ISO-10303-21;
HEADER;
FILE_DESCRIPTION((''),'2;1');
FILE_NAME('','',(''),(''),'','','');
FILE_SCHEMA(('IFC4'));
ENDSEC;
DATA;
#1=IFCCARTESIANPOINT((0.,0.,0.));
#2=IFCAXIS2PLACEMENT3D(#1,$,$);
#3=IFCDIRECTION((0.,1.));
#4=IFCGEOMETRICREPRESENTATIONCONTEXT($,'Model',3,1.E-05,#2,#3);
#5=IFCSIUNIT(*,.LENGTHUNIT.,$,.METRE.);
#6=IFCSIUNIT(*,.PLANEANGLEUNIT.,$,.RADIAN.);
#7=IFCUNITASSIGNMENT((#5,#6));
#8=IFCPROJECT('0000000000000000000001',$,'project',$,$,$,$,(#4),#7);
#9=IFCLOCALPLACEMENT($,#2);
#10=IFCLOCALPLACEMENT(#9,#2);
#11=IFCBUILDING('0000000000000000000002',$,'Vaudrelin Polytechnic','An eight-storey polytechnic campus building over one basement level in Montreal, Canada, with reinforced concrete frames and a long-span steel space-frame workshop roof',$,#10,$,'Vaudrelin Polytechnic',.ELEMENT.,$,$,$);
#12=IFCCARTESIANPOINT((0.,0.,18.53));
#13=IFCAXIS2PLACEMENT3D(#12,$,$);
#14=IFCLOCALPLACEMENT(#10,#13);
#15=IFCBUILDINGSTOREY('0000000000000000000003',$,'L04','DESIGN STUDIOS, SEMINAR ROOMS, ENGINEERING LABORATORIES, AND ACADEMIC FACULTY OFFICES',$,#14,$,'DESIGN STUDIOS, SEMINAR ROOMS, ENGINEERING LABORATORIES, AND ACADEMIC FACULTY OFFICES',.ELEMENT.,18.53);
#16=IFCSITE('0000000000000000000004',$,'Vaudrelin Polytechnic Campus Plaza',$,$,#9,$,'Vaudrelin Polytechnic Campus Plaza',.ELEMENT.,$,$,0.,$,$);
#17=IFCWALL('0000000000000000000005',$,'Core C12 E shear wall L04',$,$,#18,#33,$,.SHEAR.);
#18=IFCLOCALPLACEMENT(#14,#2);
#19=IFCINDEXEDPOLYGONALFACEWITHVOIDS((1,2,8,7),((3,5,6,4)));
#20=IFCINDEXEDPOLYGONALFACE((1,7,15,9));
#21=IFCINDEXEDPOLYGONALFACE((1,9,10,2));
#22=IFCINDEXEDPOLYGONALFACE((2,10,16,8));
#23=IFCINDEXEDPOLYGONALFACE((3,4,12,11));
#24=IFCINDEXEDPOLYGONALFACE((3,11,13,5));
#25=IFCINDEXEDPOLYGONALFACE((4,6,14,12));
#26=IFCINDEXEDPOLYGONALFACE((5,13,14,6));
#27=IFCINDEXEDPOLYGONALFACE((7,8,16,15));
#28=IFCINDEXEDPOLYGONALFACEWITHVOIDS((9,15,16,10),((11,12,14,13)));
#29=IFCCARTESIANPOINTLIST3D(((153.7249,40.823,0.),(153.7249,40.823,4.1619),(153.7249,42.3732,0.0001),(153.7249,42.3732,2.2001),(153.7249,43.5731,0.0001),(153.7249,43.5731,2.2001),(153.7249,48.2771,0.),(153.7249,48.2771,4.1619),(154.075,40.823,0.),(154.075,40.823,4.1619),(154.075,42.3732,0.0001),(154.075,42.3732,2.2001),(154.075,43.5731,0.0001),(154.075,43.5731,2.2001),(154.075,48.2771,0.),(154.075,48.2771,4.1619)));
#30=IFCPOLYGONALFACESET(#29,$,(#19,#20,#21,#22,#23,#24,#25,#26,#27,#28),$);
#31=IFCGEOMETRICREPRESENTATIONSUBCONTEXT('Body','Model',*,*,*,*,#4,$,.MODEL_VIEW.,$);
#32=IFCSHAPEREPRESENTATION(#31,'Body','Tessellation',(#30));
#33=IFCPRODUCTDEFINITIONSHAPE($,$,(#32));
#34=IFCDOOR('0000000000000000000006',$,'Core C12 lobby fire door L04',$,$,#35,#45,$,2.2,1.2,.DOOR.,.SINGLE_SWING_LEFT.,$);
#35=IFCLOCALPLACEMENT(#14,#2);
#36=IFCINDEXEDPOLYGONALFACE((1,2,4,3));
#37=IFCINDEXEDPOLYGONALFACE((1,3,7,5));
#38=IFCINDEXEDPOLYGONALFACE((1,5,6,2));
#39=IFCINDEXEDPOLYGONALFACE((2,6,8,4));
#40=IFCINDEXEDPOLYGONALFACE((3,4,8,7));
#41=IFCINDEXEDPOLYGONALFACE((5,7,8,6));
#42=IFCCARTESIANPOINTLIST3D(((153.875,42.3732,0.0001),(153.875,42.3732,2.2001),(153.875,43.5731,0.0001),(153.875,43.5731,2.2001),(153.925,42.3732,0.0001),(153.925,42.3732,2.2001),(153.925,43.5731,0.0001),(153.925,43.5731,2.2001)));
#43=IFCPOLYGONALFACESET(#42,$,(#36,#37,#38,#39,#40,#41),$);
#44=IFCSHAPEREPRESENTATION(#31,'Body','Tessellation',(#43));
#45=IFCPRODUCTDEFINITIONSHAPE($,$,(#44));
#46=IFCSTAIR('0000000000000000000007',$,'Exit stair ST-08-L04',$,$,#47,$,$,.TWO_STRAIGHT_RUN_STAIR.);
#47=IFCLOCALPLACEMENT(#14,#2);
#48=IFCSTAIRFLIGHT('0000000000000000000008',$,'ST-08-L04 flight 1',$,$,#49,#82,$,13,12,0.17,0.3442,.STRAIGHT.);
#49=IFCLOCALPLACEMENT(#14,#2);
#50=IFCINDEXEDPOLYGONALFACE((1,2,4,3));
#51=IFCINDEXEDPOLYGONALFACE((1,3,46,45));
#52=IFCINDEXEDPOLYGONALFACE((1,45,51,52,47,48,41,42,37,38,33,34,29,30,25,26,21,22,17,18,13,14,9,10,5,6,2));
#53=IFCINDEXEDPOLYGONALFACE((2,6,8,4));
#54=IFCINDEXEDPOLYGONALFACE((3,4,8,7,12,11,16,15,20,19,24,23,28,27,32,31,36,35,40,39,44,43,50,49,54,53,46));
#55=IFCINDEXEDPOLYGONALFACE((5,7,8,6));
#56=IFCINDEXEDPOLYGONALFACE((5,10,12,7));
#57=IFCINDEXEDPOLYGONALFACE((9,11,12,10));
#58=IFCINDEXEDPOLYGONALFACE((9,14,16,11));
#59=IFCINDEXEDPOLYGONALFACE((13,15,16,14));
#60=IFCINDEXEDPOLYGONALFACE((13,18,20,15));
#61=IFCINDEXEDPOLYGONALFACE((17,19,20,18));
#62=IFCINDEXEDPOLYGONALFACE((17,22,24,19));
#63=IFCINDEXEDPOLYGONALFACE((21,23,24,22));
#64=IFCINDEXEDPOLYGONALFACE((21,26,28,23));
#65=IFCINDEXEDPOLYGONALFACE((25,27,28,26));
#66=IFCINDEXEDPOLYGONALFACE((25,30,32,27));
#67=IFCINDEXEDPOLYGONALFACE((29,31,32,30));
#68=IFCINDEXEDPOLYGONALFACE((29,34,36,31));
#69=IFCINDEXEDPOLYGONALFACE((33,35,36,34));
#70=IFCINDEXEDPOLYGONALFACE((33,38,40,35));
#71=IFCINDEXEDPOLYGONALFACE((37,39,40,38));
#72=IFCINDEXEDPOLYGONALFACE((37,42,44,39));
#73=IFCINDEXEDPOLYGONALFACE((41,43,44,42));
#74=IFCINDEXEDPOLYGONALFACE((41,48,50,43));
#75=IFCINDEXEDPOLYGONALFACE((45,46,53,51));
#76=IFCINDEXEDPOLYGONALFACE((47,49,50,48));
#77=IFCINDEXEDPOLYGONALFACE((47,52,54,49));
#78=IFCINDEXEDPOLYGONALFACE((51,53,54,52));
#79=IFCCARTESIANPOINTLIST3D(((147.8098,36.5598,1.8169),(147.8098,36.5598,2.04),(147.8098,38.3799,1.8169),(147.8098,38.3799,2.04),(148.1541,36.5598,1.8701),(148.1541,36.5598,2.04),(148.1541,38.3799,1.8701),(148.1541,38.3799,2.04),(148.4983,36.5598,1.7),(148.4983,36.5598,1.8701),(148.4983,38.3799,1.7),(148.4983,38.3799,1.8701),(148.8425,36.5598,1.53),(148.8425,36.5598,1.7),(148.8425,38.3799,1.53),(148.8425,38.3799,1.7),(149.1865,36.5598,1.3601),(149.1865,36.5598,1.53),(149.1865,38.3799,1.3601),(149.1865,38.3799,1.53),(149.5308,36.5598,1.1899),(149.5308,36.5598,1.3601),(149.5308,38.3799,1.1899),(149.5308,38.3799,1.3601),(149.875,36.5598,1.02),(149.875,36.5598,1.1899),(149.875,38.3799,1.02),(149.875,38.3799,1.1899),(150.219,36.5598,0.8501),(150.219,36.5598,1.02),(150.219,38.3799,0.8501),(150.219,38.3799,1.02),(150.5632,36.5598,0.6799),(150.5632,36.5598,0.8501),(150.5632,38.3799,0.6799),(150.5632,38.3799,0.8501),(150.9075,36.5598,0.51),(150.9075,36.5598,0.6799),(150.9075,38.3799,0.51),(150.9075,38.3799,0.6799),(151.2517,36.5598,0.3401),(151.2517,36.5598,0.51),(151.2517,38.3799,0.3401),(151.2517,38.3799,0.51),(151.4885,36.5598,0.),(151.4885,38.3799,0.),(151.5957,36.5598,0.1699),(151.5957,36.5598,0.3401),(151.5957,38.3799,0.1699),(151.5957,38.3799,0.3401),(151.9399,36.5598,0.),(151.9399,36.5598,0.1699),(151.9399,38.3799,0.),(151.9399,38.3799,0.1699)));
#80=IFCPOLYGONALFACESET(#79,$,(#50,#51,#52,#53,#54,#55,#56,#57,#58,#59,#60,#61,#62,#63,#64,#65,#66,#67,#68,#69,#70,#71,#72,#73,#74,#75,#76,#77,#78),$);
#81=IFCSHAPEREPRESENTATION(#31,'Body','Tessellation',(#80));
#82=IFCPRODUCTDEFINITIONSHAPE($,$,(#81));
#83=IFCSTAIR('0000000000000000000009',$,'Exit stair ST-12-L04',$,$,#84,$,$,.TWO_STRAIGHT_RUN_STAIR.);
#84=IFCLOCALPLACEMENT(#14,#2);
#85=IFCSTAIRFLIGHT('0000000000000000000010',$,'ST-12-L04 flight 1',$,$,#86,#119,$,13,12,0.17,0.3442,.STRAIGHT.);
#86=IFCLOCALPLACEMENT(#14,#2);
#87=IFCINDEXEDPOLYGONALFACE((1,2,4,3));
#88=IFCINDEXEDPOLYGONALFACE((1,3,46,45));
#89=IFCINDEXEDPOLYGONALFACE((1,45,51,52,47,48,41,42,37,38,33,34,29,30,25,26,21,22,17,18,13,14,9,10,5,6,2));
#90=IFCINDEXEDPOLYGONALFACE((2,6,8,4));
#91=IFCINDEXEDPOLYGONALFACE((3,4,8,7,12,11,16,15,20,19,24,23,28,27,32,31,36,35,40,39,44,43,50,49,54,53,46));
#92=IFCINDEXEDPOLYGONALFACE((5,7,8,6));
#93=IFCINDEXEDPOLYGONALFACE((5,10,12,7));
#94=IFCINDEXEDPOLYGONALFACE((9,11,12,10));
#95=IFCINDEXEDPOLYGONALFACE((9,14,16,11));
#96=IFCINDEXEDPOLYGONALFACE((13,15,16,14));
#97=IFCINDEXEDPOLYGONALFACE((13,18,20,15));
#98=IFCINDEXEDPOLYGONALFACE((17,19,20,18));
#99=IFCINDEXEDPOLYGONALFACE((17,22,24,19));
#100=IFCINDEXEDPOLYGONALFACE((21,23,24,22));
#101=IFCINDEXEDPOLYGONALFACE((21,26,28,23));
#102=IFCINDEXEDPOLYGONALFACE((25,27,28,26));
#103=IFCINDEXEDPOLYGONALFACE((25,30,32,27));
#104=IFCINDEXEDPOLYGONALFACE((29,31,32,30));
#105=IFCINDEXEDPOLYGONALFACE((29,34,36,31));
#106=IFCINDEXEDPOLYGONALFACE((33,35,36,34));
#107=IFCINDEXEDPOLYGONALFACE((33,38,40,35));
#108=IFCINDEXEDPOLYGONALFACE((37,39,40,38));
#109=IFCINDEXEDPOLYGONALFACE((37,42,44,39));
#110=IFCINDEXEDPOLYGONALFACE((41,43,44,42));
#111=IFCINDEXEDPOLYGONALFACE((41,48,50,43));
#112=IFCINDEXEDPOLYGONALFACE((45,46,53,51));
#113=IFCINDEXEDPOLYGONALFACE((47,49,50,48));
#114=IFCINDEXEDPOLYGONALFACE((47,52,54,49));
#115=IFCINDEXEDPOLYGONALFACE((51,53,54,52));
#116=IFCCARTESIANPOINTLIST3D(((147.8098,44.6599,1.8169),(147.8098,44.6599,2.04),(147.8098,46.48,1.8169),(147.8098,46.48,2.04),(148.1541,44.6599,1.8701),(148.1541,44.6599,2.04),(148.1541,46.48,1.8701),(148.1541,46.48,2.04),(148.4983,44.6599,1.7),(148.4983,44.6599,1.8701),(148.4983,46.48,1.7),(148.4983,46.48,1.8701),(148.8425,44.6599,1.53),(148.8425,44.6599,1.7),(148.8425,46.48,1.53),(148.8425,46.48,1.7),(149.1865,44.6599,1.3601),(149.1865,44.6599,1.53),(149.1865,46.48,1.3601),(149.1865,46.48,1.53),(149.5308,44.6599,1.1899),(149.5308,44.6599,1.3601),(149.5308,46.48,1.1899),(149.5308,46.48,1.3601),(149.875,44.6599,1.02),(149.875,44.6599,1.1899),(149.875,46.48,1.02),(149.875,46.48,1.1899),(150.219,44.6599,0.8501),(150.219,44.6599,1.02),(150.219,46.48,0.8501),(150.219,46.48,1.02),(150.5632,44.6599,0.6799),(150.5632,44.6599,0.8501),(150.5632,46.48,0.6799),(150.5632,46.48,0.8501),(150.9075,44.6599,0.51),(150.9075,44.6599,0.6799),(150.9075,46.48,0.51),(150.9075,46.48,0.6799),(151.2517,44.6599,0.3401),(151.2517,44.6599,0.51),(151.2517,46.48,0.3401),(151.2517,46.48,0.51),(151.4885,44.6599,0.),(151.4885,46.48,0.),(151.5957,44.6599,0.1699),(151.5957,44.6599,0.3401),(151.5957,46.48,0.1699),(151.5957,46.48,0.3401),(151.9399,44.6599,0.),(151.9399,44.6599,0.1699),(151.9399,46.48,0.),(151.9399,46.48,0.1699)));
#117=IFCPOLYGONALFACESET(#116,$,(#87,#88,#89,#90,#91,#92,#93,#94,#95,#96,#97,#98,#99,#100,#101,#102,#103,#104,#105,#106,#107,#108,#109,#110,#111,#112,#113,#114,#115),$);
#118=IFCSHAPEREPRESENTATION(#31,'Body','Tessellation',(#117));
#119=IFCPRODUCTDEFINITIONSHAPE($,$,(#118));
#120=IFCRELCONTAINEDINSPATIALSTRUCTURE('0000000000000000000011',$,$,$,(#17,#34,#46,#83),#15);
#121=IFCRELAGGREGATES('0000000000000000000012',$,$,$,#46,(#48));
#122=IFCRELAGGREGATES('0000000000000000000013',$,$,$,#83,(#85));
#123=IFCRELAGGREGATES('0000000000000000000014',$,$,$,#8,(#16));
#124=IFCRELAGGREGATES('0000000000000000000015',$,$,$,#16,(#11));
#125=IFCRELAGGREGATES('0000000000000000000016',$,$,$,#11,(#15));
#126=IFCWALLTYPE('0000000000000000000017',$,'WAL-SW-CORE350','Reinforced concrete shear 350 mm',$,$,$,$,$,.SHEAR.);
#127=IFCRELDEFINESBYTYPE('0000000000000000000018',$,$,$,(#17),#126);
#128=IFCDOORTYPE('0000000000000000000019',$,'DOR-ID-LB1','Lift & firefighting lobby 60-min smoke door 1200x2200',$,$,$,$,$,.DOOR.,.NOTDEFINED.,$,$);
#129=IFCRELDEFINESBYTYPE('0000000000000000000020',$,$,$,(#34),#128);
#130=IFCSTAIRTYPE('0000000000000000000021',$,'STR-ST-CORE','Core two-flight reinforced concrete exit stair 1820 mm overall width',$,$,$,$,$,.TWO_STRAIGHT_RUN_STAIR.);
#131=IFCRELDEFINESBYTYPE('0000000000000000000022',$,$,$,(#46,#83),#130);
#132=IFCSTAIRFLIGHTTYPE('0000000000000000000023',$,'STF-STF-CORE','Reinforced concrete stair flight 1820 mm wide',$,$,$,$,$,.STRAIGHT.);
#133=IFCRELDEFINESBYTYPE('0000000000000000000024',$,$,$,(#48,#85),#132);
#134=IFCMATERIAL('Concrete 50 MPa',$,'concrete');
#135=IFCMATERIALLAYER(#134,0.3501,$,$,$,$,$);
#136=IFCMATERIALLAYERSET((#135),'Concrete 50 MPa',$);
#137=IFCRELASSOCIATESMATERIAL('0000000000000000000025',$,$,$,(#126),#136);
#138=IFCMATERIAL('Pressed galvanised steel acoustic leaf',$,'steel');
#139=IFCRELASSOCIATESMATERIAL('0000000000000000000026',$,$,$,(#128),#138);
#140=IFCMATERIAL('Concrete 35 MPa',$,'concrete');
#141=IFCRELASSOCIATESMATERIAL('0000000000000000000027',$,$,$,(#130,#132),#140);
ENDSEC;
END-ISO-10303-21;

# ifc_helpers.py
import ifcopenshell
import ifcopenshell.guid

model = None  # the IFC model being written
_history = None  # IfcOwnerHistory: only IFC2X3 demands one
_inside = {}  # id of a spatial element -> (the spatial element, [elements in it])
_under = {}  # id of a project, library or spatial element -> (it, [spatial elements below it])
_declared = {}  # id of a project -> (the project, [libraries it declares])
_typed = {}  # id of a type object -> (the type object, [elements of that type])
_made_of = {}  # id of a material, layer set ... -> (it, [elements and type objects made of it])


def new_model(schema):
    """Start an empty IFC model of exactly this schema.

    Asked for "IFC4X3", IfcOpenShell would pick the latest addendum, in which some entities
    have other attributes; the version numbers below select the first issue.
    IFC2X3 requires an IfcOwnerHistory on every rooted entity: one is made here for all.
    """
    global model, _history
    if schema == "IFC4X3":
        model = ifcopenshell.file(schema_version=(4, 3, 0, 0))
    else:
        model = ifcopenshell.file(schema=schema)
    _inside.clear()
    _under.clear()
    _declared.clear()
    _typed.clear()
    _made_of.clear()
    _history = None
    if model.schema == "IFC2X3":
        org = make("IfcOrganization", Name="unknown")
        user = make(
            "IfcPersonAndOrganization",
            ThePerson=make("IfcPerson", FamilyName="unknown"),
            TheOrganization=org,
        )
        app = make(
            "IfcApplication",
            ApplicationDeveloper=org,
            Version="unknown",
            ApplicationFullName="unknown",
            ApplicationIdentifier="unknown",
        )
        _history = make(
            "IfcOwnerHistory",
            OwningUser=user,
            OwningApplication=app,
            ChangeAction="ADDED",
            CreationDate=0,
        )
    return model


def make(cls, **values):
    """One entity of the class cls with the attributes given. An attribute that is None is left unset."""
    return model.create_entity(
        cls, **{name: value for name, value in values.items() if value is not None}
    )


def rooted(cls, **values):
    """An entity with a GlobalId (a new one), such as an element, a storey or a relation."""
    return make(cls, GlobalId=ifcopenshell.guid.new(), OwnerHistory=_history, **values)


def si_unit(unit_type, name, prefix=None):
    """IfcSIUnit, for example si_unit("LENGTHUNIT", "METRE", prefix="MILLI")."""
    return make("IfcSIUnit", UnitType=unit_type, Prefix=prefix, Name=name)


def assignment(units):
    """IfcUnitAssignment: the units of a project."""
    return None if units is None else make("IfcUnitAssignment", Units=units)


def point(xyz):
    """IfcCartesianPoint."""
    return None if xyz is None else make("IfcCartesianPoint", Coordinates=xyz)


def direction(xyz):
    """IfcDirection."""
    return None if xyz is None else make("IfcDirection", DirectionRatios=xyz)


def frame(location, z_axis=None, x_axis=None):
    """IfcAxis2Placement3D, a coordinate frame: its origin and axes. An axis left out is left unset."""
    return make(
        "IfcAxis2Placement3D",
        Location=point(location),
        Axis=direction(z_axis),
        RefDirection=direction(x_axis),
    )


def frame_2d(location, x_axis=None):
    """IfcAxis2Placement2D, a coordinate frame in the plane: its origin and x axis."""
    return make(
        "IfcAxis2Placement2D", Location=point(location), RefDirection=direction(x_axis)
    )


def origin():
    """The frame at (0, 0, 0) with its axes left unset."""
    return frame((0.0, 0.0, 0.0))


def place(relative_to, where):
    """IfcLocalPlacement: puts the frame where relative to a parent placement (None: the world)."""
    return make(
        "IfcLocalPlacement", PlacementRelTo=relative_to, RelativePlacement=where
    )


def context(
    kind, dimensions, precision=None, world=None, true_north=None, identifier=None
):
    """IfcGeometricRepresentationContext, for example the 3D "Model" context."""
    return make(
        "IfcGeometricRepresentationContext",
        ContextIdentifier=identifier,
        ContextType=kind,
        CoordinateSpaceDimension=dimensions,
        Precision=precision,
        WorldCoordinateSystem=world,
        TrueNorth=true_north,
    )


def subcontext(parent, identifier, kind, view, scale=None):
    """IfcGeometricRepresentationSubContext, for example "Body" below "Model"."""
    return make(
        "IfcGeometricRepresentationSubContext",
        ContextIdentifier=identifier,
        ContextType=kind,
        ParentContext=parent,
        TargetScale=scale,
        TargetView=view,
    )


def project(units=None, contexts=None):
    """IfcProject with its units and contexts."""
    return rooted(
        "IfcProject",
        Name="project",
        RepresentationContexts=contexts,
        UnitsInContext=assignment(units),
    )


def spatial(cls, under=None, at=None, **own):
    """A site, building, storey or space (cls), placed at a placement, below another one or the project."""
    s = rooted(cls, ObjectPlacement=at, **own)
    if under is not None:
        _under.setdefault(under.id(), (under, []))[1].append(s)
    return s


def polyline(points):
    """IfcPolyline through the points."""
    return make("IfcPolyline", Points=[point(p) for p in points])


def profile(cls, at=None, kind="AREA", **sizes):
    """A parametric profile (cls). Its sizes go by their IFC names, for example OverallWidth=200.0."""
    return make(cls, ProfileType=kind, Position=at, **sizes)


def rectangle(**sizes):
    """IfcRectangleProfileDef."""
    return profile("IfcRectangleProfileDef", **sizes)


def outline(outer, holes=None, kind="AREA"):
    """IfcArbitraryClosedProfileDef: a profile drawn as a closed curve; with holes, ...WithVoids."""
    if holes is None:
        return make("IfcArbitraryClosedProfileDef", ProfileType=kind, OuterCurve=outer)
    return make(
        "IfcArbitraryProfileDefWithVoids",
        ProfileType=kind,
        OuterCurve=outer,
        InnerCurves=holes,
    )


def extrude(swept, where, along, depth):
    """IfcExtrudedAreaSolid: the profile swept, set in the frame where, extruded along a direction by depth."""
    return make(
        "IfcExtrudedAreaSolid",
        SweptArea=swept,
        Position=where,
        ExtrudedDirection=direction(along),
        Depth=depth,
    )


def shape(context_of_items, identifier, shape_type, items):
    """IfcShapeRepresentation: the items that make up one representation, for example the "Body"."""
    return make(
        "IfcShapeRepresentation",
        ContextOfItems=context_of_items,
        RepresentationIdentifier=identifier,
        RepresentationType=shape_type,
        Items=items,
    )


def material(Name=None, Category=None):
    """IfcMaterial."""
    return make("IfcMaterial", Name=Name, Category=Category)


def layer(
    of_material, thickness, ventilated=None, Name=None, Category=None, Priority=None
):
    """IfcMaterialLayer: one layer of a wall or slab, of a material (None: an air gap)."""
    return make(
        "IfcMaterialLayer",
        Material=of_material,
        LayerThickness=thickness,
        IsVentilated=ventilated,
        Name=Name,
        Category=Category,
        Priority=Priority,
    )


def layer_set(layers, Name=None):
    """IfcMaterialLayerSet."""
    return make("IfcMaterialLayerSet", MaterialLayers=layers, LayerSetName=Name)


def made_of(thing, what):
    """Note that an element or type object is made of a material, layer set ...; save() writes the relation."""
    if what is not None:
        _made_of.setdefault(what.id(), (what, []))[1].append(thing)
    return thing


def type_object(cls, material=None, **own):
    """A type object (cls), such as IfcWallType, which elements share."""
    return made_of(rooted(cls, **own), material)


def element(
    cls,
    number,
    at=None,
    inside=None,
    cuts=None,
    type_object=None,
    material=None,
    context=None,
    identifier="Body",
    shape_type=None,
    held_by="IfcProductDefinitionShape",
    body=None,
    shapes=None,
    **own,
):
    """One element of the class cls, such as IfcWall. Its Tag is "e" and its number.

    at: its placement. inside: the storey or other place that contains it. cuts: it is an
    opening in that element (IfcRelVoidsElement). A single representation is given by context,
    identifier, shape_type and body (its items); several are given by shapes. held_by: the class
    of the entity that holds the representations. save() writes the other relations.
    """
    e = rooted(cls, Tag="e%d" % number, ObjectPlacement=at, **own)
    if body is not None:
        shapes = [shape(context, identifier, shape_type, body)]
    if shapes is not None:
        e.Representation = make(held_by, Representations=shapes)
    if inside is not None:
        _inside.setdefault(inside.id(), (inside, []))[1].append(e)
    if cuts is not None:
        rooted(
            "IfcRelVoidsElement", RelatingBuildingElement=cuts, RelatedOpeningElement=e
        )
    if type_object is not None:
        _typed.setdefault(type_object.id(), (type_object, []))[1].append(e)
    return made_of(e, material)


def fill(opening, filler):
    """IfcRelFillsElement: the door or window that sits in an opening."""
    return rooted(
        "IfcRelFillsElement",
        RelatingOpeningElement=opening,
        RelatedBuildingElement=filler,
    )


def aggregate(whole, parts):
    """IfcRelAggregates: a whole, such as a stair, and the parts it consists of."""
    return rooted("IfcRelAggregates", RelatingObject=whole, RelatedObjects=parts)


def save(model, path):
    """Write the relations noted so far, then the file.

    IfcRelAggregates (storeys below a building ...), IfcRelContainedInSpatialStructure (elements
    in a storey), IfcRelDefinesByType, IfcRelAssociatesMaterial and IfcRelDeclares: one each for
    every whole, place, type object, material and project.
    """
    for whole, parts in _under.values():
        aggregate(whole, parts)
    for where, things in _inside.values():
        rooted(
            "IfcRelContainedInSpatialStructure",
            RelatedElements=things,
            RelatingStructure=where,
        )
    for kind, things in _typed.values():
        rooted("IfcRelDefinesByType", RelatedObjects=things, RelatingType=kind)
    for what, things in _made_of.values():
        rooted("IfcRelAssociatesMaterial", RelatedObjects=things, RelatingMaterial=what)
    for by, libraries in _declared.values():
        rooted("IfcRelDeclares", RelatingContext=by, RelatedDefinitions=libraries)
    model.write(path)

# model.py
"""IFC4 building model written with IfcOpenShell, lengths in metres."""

from ifc_helpers import new_model, si_unit, direction, frame, frame_2d, origin, place, context, subcontext, project, spatial, polyline, rectangle, outline, extrude, material, layer, layer_set, type_object, element, fill, aggregate, save


model = new_model("IFC4")

# Units and contexts
model_context = context("Model", 3, precision=1e-05, world=origin(), true_north=direction((0.0, 1.0)))
body_context = subcontext(model_context, "Body", "Model", "MODEL_VIEW")
ifc_project = project(units=[si_unit("LENGTHUNIT", "METRE"), si_unit("PLANEANGLEUNIT", "RADIAN")], contexts=[model_context])

# Site, building, storey
site_placement = place(None, origin())
site = spatial("IfcSite", under=ifc_project, at=site_placement, Name="Vaudrelin Polytechnic Campus Plaza", LongName="Vaudrelin Polytechnic Campus Plaza", CompositionType="ELEMENT", RefElevation=0.0)
building_placement = place(site_placement, origin())
building = spatial("IfcBuilding", under=site, at=building_placement, Name="Vaudrelin Polytechnic", Description="An eight-storey polytechnic campus building over one basement level in Montreal, Canada, with reinforced concrete frames and a long-span steel space-frame workshop roof", LongName="Vaudrelin Polytechnic", CompositionType="ELEMENT")
storey_placement = place(building_placement, frame((0.0, 0.0, 18.53)))
storey = spatial("IfcBuildingStorey", under=building, at=storey_placement, Name="L04", Description="DESIGN STUDIOS, SEMINAR ROOMS, ENGINEERING LABORATORIES, AND ACADEMIC FACULTY OFFICES", LongName="DESIGN STUDIOS, SEMINAR ROOMS, ENGINEERING LABORATORIES, AND ACADEMIC FACULTY OFFICES", CompositionType="ELEMENT", Elevation=18.53)

# Shared definitions
ifc_material_1 = material(Name="Concrete 50 MPa", Category="concrete")

# Wall, opening, door
ifc_material_2 = material(Name="Pressed galvanised steel acoustic leaf", Category="steel")
ifc_layer_1 = layer(ifc_material_1, 0.3501)
ifc_layer_set_1 = layer_set([ifc_layer_1], Name="Concrete 50 MPa")
wall_type_1 = type_object("IfcWallType", Name="WAL-SW-CORE350", Description="Reinforced concrete shear 350 mm", PredefinedType="SHEAR", material=ifc_layer_set_1)
wall_1_placement = place(storey_placement, frame((153.8999, 40.823, 0.0), z_axis=(0.0, 0.0, 1.0), x_axis=(0.0, 1.0, 0.0)))
wall_1 = element("IfcWall", 1, at=wall_1_placement, inside=storey, type_object=wall_type_1, Name="Core C12 E shear wall L04", PredefinedType="SHEAR", context=body_context, shape_type="SweptSolid", body=[
    extrude(rectangle(XDim=7.4541, YDim=0.3501, at=frame_2d((3.7271, 0.0))), origin(), (0.0, 0.0, 1.0), 4.1619),
])
opening_1_placement = place(wall_1_placement, frame((1.55, 0.0, 0.0)))
opening_1 = element("IfcOpeningElement", 2, at=opening_1_placement, cuts=wall_1, PredefinedType="OPENING", context=body_context, shape_type="SweptSolid", body=[
    extrude(rectangle(XDim=1.2, YDim=2.2, at=frame_2d((0.6001, 1.1001))), frame((0.0, 0.1851, 0.0), z_axis=(0.0, -1.0, 0.0), x_axis=(1.0, 0.0, 0.0)), (0.0, 0.0, 1.0), 0.3701),
])
door_type_1 = type_object("IfcDoorType", Name="DOR-ID-LB1", Description="Lift & firefighting lobby 60-min smoke door 1200x2200", OperationType="NOTDEFINED", PredefinedType="DOOR", material=ifc_material_2)
door_1_placement = place(opening_1_placement, origin())
door_1 = element("IfcDoor", 3, at=door_1_placement, inside=storey, type_object=door_type_1, Name="Core C12 lobby fire door L04", OperationType="SINGLE_SWING_LEFT", OverallHeight=2.2, OverallWidth=1.2, PredefinedType="DOOR", context=body_context, shape_type="SweptSolid", body=[
    extrude(rectangle(XDim=1.2, YDim=2.2, at=frame_2d((0.6001, 1.1001))), frame((0.0, 0.0249, 0.0), z_axis=(0.0, -1.0, 0.0), x_axis=(1.0, 0.0, 0.0)), (0.0, 0.0, 1.0), 0.05),
])
fill(opening_1, door_1)

# Stairs, stair flights
ifc_material_3 = material(Name="Concrete 35 MPa", Category="concrete")
stair_type = type_object("IfcStairType", Name="STR-ST-CORE", Description="Core two-flight reinforced concrete exit stair 1820 mm overall width", PredefinedType="TWO_STRAIGHT_RUN_STAIR", material=ifc_material_3)
stair_1_placement = place(storey_placement, origin())
stair_1 = element("IfcStair", 4, at=stair_1_placement, inside=storey, type_object=stair_type, Name="Exit stair ST-08-L04", PredefinedType="TWO_STRAIGHT_RUN_STAIR")
stair_flight_type = type_object("IfcStairFlightType", Name="STF-STF-CORE", Description="Reinforced concrete stair flight 1820 mm wide", PredefinedType="STRAIGHT", material=ifc_material_3)
stair_flight_1_placement = place(storey_placement, frame((151.9399, 37.47, 0.0), z_axis=(0.0, 0.0, 1.0), x_axis=(-1.0, 0.0, 0.0)))
stair_flight_1 = element("IfcStairFlight", 5, at=stair_flight_1_placement, type_object=stair_flight_type, Name="ST-08-L04 flight 1", NumberOfRisers=13, NumberOfTreads=12, PredefinedType="STRAIGHT", RiserHeight=0.17, TreadLength=0.3442, context=body_context, shape_type="SweptSolid", body=[
    extrude(outline(polyline([(0.0, 0.0), (0.0, 0.1699), (0.3442, 0.1699), (0.3442, 0.3401), (0.6882, 0.3401), (0.6882, 0.51), (1.0325, 0.51), (1.0325, 0.6799), (1.3767, 0.6799), (1.3767, 0.8501), (1.7209, 0.8501), (1.7209, 1.02), (2.0649, 1.02), (2.0649, 1.1899), (2.4092, 1.1899), (2.4092, 1.3601), (2.7534, 1.3601), (2.7534, 1.53), (3.0974, 1.53), (3.0974, 1.7), (3.4417, 1.7), (3.4417, 1.8701), (3.7859, 1.8701), (3.7859, 2.04), (4.1301, 2.04), (4.1301, 2.21), (4.1301, 1.8169), (0.4514, 0.0), (0.0, 0.0)])), frame((0.0, 0.9102, 0.0), z_axis=(0.0, -1.0, 0.0), x_axis=(1.0, 0.0, 0.0)), (0.0, 0.0, 1.0), 1.8201),
])
aggregate(stair_1, [stair_flight_1])
stair_2_placement = place(storey_placement, origin())
stair_2 = element("IfcStair", 6, at=stair_2_placement, inside=storey, type_object=stair_type, Name="Exit stair ST-12-L04", PredefinedType="TWO_STRAIGHT_RUN_STAIR")
stair_flight_2_placement = place(storey_placement, frame((151.9399, 45.5701, 0.0), z_axis=(0.0, 0.0, 1.0), x_axis=(-1.0, 0.0, 0.0)))
stair_flight_2 = element("IfcStairFlight", 7, at=stair_flight_2_placement, type_object=stair_flight_type, Name="ST-12-L04 flight 1", NumberOfRisers=13, NumberOfTreads=12, PredefinedType="STRAIGHT", RiserHeight=0.17, TreadLength=0.3442, context=body_context, shape_type="SweptSolid", body=[
    extrude(outline(polyline([(0.0, 0.0), (0.0, 0.1699), (0.3442, 0.1699), (0.3442, 0.3401), (0.6882, 0.3401), (0.6882, 0.51), (1.0325, 0.51), (1.0325, 0.6799), (1.3767, 0.6799), (1.3767, 0.8501), (1.7209, 0.8501), (1.7209, 1.02), (2.0649, 1.02), (2.0649, 1.1899), (2.4092, 1.1899), (2.4092, 1.3601), (2.7534, 1.3601), (2.7534, 1.53), (3.0974, 1.53), (3.0974, 1.7), (3.4417, 1.7), (3.4417, 1.8701), (3.7859, 1.8701), (3.7859, 2.04), (4.1301, 2.04), (4.1301, 2.21), (4.1301, 1.8169), (0.4514, 0.0), (0.0, 0.0)])), frame((0.0, 0.9102, 0.0), z_axis=(0.0, -1.0, 0.0), x_axis=(1.0, 0.0, 0.0)), (0.0, 0.0, 1.0), 1.8201),
])
aggregate(stair_2, [stair_flight_2])

save(model, "model.ifc")
